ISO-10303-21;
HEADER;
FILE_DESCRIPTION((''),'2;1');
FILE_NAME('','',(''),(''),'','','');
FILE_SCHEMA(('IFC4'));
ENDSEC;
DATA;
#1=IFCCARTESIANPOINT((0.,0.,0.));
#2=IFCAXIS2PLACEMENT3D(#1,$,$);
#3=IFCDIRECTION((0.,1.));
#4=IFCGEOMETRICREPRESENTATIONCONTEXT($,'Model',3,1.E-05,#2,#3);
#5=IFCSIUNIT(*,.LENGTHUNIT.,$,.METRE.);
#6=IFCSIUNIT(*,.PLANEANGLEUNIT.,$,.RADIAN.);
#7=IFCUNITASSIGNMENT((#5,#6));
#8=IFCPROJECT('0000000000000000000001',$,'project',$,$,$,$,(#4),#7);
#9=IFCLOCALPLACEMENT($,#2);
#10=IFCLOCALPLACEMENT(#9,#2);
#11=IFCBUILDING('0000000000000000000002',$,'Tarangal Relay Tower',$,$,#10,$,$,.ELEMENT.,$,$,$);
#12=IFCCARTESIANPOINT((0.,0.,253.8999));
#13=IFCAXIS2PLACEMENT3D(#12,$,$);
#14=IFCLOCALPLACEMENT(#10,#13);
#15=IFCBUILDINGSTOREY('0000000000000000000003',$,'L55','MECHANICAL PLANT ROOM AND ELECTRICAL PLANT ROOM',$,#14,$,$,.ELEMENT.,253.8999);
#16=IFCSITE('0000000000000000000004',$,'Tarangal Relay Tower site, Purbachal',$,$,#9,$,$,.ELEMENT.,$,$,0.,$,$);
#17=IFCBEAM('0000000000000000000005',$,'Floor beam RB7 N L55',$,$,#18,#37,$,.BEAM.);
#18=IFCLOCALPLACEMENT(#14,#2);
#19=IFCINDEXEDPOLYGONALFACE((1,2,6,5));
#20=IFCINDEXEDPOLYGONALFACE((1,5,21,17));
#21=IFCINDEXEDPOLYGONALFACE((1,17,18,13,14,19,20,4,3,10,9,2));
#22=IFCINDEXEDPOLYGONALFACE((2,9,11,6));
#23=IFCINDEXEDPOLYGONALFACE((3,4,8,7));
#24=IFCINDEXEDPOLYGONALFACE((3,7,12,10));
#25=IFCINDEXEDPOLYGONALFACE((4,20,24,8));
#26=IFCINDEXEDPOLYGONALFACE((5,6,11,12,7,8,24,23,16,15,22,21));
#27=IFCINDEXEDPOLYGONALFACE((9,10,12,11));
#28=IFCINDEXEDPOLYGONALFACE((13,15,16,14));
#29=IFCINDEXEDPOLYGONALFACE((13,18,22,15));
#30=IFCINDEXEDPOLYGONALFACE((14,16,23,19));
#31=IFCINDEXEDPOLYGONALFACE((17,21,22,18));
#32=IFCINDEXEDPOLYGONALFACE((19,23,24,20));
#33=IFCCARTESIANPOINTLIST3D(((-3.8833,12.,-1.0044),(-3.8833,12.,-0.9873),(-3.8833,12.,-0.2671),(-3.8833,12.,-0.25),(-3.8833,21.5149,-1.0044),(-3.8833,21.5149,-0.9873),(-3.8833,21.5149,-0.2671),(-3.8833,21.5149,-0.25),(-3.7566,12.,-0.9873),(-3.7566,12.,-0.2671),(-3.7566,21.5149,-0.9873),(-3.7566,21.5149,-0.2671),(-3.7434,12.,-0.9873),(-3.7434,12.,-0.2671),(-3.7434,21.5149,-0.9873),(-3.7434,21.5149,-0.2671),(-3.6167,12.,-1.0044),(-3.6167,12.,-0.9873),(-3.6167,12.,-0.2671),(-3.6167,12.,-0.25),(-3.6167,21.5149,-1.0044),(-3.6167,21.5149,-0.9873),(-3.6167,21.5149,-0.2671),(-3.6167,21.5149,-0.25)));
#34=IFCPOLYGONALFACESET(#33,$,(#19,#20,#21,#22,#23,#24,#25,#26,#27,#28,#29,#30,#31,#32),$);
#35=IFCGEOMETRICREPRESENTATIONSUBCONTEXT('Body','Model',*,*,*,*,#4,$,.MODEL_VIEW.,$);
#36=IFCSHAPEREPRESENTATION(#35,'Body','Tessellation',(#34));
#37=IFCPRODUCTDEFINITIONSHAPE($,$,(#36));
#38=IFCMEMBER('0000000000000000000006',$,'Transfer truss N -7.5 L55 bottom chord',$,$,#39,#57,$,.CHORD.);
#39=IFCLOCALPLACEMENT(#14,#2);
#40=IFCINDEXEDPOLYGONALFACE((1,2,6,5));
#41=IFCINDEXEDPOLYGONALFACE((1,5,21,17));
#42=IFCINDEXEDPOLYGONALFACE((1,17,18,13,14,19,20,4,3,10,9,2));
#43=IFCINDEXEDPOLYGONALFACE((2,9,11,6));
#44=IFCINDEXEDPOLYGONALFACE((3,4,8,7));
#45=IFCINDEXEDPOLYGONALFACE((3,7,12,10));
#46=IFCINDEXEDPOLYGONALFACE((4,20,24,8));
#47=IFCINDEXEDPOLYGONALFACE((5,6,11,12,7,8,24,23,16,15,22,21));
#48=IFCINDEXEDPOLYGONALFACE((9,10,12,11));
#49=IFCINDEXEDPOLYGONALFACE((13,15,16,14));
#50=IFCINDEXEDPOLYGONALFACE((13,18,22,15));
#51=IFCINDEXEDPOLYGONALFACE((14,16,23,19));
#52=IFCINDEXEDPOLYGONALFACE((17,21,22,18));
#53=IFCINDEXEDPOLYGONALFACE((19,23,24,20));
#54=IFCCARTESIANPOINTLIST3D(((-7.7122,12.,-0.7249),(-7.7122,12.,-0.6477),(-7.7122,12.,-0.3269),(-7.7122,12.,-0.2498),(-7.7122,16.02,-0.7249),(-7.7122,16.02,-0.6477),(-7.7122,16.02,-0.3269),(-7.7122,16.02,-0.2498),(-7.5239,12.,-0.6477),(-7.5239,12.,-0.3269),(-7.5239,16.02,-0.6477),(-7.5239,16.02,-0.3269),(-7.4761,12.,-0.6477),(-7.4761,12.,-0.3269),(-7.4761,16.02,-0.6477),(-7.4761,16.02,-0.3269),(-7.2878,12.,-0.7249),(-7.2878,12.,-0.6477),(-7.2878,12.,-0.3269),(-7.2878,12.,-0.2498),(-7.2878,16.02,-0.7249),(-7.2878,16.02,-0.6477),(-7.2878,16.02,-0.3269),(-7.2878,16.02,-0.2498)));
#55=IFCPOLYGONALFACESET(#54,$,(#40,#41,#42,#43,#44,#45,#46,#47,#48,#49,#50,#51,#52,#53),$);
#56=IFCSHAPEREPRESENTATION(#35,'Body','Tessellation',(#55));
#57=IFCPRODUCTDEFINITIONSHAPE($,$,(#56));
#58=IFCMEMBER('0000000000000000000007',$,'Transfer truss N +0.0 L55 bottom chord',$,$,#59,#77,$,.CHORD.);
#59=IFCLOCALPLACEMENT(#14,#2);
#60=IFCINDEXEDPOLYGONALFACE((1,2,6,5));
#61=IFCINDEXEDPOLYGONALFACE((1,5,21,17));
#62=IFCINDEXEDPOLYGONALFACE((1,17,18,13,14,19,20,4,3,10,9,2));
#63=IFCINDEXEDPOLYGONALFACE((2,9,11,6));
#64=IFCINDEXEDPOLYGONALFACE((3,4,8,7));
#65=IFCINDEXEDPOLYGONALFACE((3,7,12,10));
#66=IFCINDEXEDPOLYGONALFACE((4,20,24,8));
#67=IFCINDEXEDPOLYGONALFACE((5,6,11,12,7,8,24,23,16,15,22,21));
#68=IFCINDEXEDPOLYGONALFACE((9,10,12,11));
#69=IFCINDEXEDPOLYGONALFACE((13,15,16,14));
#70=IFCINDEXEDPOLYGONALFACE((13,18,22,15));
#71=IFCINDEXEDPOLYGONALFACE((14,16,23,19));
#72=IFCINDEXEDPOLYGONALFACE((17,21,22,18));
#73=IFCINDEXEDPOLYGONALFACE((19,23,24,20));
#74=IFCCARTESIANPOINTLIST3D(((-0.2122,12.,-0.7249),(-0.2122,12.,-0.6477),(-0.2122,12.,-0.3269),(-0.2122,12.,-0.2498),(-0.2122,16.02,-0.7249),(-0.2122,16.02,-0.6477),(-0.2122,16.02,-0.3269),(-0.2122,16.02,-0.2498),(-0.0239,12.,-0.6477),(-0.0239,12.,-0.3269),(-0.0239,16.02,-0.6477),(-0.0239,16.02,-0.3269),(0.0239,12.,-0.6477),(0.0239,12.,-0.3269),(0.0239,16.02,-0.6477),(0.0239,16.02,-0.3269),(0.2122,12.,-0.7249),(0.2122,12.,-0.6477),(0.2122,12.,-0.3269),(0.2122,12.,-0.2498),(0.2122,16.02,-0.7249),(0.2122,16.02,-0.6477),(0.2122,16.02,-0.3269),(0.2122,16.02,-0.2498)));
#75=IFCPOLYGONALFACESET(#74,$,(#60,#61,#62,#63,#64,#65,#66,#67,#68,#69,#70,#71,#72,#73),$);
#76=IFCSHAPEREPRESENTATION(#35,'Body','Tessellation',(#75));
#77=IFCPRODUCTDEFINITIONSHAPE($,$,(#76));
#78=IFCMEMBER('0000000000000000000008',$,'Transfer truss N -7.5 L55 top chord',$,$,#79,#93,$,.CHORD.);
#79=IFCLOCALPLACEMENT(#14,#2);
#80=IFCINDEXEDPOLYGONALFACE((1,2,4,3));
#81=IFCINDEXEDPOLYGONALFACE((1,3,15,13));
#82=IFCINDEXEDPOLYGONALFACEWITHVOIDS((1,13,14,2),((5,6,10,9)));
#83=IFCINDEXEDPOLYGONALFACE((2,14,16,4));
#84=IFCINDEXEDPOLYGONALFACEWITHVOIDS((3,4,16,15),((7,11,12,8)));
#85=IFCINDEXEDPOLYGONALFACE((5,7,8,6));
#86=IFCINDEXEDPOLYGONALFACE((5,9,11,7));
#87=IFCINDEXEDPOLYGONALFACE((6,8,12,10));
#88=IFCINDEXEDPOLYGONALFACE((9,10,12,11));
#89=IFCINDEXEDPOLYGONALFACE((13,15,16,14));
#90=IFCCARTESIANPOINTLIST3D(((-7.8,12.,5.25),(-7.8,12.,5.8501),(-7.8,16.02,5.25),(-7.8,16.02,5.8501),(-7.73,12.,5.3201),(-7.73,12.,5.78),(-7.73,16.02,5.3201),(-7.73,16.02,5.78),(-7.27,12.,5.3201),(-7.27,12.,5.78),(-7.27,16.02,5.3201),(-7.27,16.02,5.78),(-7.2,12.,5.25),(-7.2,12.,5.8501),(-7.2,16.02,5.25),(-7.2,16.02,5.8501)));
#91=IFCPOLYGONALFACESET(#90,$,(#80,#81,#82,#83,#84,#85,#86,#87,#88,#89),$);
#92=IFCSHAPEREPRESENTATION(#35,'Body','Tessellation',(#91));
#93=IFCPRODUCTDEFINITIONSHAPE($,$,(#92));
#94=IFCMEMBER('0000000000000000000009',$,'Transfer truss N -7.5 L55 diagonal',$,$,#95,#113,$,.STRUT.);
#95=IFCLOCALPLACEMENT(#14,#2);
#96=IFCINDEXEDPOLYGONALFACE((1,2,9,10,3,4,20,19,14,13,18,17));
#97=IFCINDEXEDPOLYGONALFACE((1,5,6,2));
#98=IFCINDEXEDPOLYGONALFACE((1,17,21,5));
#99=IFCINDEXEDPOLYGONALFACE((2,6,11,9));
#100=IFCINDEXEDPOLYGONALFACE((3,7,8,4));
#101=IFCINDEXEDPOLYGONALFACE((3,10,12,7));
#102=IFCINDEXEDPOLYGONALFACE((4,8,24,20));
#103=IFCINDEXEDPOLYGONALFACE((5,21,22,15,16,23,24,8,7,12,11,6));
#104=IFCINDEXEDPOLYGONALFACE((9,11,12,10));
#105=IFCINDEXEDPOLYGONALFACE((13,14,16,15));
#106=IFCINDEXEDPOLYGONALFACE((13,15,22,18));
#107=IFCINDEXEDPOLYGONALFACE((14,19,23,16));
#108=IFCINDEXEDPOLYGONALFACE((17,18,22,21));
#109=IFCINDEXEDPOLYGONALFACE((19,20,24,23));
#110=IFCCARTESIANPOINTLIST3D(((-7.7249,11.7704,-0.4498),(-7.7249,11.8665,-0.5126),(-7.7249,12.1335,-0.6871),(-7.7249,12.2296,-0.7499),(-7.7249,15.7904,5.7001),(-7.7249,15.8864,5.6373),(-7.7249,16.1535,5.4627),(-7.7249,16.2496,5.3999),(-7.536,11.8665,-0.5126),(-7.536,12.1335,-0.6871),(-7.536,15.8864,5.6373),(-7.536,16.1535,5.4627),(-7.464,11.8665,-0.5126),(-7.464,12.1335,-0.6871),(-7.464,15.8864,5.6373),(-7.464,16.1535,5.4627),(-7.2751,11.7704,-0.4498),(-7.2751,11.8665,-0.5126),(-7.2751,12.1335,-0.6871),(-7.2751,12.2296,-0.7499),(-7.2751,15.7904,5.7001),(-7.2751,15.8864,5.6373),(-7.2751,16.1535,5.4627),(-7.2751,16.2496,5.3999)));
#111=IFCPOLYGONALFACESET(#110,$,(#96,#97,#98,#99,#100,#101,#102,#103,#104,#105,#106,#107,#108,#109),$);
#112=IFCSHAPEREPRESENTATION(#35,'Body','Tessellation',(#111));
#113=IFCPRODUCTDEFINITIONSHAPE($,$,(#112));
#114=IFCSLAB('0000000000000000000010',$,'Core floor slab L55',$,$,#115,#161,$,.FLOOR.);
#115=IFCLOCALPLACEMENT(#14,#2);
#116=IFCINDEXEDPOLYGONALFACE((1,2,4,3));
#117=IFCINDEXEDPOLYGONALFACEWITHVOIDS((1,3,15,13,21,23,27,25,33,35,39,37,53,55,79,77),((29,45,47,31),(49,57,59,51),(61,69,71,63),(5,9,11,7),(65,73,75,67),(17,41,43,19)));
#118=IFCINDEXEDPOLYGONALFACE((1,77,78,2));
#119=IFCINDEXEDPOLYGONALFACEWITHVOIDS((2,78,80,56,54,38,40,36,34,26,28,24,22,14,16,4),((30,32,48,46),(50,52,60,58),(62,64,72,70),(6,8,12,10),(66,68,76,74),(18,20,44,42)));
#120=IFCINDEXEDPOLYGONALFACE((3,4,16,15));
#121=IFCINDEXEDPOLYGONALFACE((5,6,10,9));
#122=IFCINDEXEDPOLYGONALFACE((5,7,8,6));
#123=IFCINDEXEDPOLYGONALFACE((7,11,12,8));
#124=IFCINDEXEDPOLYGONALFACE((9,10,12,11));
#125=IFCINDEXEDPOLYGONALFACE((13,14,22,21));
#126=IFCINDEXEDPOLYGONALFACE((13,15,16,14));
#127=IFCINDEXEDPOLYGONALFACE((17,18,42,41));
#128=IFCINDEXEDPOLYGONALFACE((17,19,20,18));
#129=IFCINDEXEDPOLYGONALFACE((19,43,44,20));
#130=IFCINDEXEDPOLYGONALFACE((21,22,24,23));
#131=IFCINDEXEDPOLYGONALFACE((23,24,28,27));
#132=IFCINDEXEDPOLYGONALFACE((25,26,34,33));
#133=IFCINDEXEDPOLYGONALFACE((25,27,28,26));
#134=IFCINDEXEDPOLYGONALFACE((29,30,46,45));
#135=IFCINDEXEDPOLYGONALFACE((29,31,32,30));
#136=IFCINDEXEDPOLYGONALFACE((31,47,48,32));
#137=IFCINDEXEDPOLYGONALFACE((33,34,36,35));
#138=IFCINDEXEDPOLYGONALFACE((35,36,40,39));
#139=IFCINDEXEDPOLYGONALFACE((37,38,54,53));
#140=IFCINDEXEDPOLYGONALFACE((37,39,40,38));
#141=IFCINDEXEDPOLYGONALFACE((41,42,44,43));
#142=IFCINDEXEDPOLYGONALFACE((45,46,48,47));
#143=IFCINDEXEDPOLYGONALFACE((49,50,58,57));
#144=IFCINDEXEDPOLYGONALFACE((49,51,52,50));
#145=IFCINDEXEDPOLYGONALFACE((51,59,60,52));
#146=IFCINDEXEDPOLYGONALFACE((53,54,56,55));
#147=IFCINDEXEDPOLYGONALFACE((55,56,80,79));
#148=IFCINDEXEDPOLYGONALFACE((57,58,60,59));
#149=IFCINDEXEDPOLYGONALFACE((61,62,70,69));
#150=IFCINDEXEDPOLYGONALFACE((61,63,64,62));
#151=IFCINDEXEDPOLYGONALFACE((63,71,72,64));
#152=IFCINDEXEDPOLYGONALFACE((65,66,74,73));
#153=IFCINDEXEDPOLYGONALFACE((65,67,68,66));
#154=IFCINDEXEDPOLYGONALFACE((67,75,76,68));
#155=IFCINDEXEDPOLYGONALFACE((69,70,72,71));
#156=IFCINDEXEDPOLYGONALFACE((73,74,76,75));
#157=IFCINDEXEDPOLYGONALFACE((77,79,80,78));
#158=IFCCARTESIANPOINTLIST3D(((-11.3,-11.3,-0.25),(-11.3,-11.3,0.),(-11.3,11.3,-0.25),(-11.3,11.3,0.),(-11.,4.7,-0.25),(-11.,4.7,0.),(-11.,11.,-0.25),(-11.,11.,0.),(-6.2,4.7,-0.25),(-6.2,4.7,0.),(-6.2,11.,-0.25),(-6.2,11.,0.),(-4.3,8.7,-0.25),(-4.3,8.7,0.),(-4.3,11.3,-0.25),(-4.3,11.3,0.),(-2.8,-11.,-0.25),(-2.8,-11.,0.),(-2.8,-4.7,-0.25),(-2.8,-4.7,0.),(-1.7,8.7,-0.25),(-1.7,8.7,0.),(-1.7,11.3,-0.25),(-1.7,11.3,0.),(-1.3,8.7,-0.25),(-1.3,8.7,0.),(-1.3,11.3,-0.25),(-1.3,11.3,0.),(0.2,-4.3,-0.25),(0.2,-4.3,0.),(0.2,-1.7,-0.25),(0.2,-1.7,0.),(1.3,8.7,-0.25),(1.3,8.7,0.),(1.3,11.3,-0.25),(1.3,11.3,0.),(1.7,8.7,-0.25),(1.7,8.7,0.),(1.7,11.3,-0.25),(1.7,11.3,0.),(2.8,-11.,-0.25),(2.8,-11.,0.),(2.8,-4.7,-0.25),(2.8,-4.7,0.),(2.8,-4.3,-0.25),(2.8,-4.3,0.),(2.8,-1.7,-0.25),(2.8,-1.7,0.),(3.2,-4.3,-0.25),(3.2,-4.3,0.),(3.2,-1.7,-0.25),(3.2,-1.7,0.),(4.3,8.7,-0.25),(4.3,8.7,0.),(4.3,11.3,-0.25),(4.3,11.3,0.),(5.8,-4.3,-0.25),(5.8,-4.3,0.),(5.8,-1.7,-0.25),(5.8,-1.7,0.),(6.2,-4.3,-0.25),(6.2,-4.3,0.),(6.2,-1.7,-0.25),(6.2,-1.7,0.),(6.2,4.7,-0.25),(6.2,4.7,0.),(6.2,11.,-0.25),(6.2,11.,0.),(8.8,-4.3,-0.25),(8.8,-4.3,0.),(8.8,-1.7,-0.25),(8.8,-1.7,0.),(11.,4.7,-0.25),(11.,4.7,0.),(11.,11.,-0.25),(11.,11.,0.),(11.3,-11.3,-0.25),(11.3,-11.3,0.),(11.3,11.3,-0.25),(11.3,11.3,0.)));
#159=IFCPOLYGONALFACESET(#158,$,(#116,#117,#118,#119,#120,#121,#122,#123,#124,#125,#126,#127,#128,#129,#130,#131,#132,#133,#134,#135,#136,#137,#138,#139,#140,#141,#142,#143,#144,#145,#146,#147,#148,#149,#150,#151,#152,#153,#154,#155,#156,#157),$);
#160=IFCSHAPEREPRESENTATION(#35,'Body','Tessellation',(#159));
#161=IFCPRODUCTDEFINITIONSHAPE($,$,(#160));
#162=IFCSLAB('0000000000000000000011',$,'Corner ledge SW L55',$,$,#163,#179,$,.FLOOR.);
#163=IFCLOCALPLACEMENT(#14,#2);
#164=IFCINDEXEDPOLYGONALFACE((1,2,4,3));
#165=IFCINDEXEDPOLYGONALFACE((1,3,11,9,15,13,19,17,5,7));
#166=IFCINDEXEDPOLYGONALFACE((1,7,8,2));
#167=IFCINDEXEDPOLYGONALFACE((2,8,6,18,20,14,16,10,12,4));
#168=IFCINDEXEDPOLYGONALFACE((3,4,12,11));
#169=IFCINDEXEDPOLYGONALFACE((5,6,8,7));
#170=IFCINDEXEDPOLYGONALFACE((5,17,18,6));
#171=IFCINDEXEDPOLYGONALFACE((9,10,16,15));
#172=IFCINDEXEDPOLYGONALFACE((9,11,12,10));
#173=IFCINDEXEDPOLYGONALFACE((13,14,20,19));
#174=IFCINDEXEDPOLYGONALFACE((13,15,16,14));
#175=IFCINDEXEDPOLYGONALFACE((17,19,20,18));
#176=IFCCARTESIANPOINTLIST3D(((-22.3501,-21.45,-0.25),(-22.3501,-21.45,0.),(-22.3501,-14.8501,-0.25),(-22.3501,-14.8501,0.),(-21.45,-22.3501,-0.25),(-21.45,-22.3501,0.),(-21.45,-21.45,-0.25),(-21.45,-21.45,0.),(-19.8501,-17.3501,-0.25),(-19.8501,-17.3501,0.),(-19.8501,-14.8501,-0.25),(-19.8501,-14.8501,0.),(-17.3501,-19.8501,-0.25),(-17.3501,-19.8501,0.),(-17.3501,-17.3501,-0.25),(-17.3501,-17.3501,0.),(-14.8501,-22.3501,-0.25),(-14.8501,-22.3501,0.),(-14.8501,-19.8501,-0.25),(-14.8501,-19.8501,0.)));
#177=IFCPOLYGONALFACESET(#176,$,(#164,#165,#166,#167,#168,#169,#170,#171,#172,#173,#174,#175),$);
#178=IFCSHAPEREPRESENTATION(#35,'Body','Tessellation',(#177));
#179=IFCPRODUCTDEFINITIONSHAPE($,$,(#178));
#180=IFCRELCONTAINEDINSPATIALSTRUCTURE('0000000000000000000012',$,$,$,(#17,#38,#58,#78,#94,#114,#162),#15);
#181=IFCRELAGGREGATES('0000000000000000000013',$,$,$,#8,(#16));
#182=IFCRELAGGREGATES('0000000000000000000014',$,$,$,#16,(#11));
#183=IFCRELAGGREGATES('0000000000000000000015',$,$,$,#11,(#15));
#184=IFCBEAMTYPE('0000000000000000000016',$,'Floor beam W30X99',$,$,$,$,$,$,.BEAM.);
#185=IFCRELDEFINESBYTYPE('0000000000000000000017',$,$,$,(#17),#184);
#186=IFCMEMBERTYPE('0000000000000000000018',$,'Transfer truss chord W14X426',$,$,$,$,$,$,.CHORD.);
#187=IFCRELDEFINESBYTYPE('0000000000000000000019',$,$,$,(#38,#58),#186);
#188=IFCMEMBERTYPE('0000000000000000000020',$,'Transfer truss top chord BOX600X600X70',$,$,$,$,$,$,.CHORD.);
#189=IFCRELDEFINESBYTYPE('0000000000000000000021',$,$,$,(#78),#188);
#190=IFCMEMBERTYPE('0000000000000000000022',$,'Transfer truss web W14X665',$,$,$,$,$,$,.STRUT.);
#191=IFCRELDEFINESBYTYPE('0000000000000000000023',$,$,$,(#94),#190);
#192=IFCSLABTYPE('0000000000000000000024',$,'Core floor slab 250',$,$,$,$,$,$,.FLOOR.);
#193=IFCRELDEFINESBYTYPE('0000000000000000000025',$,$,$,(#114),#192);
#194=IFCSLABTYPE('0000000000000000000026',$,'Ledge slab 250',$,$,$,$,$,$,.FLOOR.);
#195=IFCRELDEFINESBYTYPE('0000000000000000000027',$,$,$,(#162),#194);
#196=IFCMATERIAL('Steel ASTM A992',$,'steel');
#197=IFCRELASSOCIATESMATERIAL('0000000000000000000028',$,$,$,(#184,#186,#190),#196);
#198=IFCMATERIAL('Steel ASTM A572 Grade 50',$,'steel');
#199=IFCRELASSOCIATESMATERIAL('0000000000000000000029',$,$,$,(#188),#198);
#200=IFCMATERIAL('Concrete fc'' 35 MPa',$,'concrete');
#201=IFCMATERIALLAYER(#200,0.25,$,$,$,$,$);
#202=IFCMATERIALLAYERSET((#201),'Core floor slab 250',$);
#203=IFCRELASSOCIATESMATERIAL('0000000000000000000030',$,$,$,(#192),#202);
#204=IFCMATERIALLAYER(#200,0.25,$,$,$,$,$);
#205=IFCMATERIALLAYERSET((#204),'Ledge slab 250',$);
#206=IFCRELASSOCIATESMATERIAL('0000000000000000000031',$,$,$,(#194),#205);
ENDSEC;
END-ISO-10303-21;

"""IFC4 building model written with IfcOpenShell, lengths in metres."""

from ifc_helpers import new_model, si_unit, direction, frame, origin, origin_2d, place, context, subcontext, project, spatial, polyline, hollow_rectangle, i_section, outline, extrude, material, layer, layer_set, material_profile, profile_set, type_object, element, save


model = new_model("IFC4")

# Units and contexts
model_context = context("Model", 3, precision=1e-05, world=origin(), true_north=direction((0.0, 1.0)))
body_context = subcontext(model_context, "Body", "Model", "MODEL_VIEW")
ifc_project = project(units=[si_unit("LENGTHUNIT", "METRE"), si_unit("PLANEANGLEUNIT", "RADIAN")], contexts=[model_context])

# Site, building, storey
site_placement = place(None, origin())
site = spatial("IfcSite", under=ifc_project, at=site_placement, Name="Tarangal Relay Tower site, Purbachal", CompositionType="ELEMENT", RefElevation=0.0)
building_placement = place(site_placement, origin())
building = spatial("IfcBuilding", under=site, at=building_placement, Name="Tarangal Relay Tower", CompositionType="ELEMENT")
storey_placement = place(building_placement, frame((0.0, 0.0, 253.8999)))
storey = spatial("IfcBuildingStorey", under=building, at=storey_placement, Name="L55", Description="MECHANICAL PLANT ROOM AND ELECTRICAL PLANT ROOM", CompositionType="ELEMENT", Elevation=253.8999)

# Beam
ifc_material_1 = material(Name="Steel ASTM A992", Category="steel")
ifc_material_profile_1 = material_profile(ifc_material_1, i_section(OverallWidth=0.2666, OverallDepth=0.7544, WebThickness=0.0132, FlangeThickness=0.0171, at=origin_2d()), Name="W30X99")
ifc_profile_set_1 = profile_set([ifc_material_profile_1], Name="Steel ASTM A992")
beam_type = type_object("IfcBeamType", Name="Floor beam W30X99", PredefinedType="BEAM", material=ifc_profile_set_1)
beam_placement = place(storey_placement, frame((-3.75, 12.0, -0.6272), z_axis=(0.0, 1.0, 0.0), x_axis=(-1.0, 0.0, 0.0)))
element("IfcBeam", 1, at=beam_placement, inside=storey, type_object=beam_type, Name="Floor beam RB7 N L55", PredefinedType="BEAM", context=body_context, shape_type="SweptSolid", body=[
    extrude(i_section(OverallWidth=0.2666, OverallDepth=0.7544, WebThickness=0.0132, FlangeThickness=0.0171, at=origin_2d()), origin(), (0.0, 0.0, 1.0), 9.5149),
])

# Members
ifc_material_profile_2 = material_profile(ifc_material_1, i_section(OverallWidth=0.4243, OverallDepth=0.4751, WebThickness=0.0479, FlangeThickness=0.0771, at=origin_2d()), Name="W14X426")
ifc_profile_set_2 = profile_set([ifc_material_profile_2], Name="Steel ASTM A992")
member_type_1 = type_object("IfcMemberType", Name="Transfer truss chord W14X426", PredefinedType="CHORD", material=ifc_profile_set_2)
for number, where, z_axis, x_axis, name in (
    (2, (-7.5, 12.0, -0.4873), (0.0, 1.0, 0.0), (-1.0, 0.0, 0.0), "Transfer truss N -7.5 L55 bottom chord"),
    (3, (0.0, 12.0, -0.4873), (0.0, 1.0, 0.0), (-1.0, 0.0, 0.0), "Transfer truss N +0.0 L55 bottom chord"),
):
    element("IfcMember", number, at=place(storey_placement, frame(where, z_axis=z_axis, x_axis=x_axis)), inside=storey, type_object=member_type_1, Name=name, PredefinedType="CHORD", context=body_context, shape_type="SweptSolid", body=[
        extrude(i_section(OverallWidth=0.4243, OverallDepth=0.4751, WebThickness=0.0479, FlangeThickness=0.0771, at=origin_2d()), origin(), (0.0, 0.0, 1.0), 4.02),
    ])
ifc_material_2 = material(Name="Steel ASTM A572 Grade 50", Category="steel")
ifc_material_profile_3 = material_profile(ifc_material_2, hollow_rectangle(XDim=0.6001, YDim=0.6001, WallThickness=0.0701, at=origin_2d()), Name="BOX600X600X70")
ifc_profile_set_3 = profile_set([ifc_material_profile_3], Name="Steel ASTM A572 Grade 50")
member_type_2 = type_object("IfcMemberType", Name="Transfer truss top chord BOX600X600X70", PredefinedType="CHORD", material=ifc_profile_set_3)
member_1_placement = place(storey_placement, frame((-7.5, 12.0, 5.55), z_axis=(0.0, 1.0, 0.0), x_axis=(-1.0, 0.0, 0.0)))
element("IfcMember", 4, at=member_1_placement, inside=storey, type_object=member_type_2, Name="Transfer truss N -7.5 L55 top chord", PredefinedType="CHORD", context=body_context, shape_type="SweptSolid", body=[
    extrude(hollow_rectangle(XDim=0.6001, YDim=0.6001, WallThickness=0.0701, at=origin_2d()), origin(), (0.0, 0.0, 1.0), 4.02),
])
ifc_material_profile_4 = material_profile(ifc_material_1, i_section(OverallWidth=0.4497, OverallDepth=0.5486, WebThickness=0.072, FlangeThickness=0.1147, at=origin_2d()), Name="W14X665")
ifc_profile_set_4 = profile_set([ifc_material_profile_4], Name="Steel ASTM A992")
member_type_3 = type_object("IfcMemberType", Name="Transfer truss web W14X665", PredefinedType="STRUT", material=ifc_profile_set_4)
member_2_placement = place(storey_placement, frame((-7.5, 12.0, -0.5999), z_axis=(0.0, 0.547147, 0.837036), x_axis=(-1.0, 0.0, 0.0)))
element("IfcMember", 5, at=member_2_placement, inside=storey, type_object=member_type_3, Name="Transfer truss N -7.5 L55 diagonal", PredefinedType="STRUT", context=body_context, shape_type="SweptSolid", body=[
    extrude(i_section(OverallWidth=0.4497, OverallDepth=0.5486, WebThickness=0.072, FlangeThickness=0.1147, at=origin_2d()), origin(), (0.0, 0.0, 1.0), 7.3472),
])

# Slabs
ifc_material_3 = material(Name="Concrete fc' 35 MPa", Category="concrete")
ifc_layer_1 = layer(ifc_material_3, 0.25)
ifc_layer_set_1 = layer_set([ifc_layer_1], Name="Core floor slab 250")
slab_type_1 = type_object("IfcSlabType", Name="Core floor slab 250", PredefinedType="FLOOR", material=ifc_layer_set_1)
slab_1_placement = place(storey_placement, frame((0.0, 0.0, -0.25)))
element("IfcSlab", 6, at=slab_1_placement, inside=storey, type_object=slab_type_1, Name="Core floor slab L55", PredefinedType="FLOOR", context=body_context, shape_type="SweptSolid", body=[
    extrude(outline(polyline([(11.3, 11.3), (11.3, -11.3), (-11.3, -11.3), (-11.3, 11.3), (-4.3, 11.3), (-4.3, 8.7), (-1.7, 8.7), (-1.7, 11.3), (-1.3, 11.3), (-1.3, 8.7), (1.3, 8.7), (1.3, 11.3), (1.7, 11.3), (1.7, 8.7), (4.3, 8.7), (4.3, 11.3), (11.3, 11.3)]), holes=[polyline([(2.8, -4.7), (-2.8, -4.7), (-2.8, -11.0), (2.8, -11.0), (2.8, -4.7)]), polyline([(2.8, -1.7), (0.2, -1.7), (0.2, -4.3), (2.8, -4.3), (2.8, -1.7)]), polyline([(5.8, -1.7), (3.2, -1.7), (3.2, -4.3), (5.8, -4.3), (5.8, -1.7)]), polyline([(8.8, -1.7), (6.2, -1.7), (6.2, -4.3), (8.8, -4.3), (8.8, -1.7)]), polyline([(-6.2, 11.0), (-11.0, 11.0), (-11.0, 4.7), (-6.2, 4.7), (-6.2, 11.0)]), polyline([(11.0, 11.0), (6.2, 11.0), (6.2, 4.7), (11.0, 4.7), (11.0, 11.0)])]), origin(), (0.0, 0.0, 1.0), 0.25),
])
ifc_layer_2 = layer(ifc_material_3, 0.25)
ifc_layer_set_2 = layer_set([ifc_layer_2], Name="Ledge slab 250")
slab_type_2 = type_object("IfcSlabType", Name="Ledge slab 250", PredefinedType="FLOOR", material=ifc_layer_set_2)
slab_2_placement = place(storey_placement, frame((0.0, 0.0, -0.25)))
element("IfcSlab", 7, at=slab_2_placement, inside=storey, type_object=slab_type_2, Name="Corner ledge SW L55", PredefinedType="FLOOR", context=body_context, shape_type="SweptSolid", body=[
    extrude(outline(polyline([(-14.8501, -22.3501), (-14.8501, -19.8501), (-17.3501, -19.8501), (-17.3501, -17.3501), (-19.8501, -17.3501), (-19.8501, -14.8501), (-22.3501, -14.8501), (-22.3501, -21.45), (-21.45, -21.45), (-21.45, -22.3501), (-14.8501, -22.3501)])), origin(), (0.0, 0.0, 1.0), 0.25),
])

save(model, "model.ifc")
